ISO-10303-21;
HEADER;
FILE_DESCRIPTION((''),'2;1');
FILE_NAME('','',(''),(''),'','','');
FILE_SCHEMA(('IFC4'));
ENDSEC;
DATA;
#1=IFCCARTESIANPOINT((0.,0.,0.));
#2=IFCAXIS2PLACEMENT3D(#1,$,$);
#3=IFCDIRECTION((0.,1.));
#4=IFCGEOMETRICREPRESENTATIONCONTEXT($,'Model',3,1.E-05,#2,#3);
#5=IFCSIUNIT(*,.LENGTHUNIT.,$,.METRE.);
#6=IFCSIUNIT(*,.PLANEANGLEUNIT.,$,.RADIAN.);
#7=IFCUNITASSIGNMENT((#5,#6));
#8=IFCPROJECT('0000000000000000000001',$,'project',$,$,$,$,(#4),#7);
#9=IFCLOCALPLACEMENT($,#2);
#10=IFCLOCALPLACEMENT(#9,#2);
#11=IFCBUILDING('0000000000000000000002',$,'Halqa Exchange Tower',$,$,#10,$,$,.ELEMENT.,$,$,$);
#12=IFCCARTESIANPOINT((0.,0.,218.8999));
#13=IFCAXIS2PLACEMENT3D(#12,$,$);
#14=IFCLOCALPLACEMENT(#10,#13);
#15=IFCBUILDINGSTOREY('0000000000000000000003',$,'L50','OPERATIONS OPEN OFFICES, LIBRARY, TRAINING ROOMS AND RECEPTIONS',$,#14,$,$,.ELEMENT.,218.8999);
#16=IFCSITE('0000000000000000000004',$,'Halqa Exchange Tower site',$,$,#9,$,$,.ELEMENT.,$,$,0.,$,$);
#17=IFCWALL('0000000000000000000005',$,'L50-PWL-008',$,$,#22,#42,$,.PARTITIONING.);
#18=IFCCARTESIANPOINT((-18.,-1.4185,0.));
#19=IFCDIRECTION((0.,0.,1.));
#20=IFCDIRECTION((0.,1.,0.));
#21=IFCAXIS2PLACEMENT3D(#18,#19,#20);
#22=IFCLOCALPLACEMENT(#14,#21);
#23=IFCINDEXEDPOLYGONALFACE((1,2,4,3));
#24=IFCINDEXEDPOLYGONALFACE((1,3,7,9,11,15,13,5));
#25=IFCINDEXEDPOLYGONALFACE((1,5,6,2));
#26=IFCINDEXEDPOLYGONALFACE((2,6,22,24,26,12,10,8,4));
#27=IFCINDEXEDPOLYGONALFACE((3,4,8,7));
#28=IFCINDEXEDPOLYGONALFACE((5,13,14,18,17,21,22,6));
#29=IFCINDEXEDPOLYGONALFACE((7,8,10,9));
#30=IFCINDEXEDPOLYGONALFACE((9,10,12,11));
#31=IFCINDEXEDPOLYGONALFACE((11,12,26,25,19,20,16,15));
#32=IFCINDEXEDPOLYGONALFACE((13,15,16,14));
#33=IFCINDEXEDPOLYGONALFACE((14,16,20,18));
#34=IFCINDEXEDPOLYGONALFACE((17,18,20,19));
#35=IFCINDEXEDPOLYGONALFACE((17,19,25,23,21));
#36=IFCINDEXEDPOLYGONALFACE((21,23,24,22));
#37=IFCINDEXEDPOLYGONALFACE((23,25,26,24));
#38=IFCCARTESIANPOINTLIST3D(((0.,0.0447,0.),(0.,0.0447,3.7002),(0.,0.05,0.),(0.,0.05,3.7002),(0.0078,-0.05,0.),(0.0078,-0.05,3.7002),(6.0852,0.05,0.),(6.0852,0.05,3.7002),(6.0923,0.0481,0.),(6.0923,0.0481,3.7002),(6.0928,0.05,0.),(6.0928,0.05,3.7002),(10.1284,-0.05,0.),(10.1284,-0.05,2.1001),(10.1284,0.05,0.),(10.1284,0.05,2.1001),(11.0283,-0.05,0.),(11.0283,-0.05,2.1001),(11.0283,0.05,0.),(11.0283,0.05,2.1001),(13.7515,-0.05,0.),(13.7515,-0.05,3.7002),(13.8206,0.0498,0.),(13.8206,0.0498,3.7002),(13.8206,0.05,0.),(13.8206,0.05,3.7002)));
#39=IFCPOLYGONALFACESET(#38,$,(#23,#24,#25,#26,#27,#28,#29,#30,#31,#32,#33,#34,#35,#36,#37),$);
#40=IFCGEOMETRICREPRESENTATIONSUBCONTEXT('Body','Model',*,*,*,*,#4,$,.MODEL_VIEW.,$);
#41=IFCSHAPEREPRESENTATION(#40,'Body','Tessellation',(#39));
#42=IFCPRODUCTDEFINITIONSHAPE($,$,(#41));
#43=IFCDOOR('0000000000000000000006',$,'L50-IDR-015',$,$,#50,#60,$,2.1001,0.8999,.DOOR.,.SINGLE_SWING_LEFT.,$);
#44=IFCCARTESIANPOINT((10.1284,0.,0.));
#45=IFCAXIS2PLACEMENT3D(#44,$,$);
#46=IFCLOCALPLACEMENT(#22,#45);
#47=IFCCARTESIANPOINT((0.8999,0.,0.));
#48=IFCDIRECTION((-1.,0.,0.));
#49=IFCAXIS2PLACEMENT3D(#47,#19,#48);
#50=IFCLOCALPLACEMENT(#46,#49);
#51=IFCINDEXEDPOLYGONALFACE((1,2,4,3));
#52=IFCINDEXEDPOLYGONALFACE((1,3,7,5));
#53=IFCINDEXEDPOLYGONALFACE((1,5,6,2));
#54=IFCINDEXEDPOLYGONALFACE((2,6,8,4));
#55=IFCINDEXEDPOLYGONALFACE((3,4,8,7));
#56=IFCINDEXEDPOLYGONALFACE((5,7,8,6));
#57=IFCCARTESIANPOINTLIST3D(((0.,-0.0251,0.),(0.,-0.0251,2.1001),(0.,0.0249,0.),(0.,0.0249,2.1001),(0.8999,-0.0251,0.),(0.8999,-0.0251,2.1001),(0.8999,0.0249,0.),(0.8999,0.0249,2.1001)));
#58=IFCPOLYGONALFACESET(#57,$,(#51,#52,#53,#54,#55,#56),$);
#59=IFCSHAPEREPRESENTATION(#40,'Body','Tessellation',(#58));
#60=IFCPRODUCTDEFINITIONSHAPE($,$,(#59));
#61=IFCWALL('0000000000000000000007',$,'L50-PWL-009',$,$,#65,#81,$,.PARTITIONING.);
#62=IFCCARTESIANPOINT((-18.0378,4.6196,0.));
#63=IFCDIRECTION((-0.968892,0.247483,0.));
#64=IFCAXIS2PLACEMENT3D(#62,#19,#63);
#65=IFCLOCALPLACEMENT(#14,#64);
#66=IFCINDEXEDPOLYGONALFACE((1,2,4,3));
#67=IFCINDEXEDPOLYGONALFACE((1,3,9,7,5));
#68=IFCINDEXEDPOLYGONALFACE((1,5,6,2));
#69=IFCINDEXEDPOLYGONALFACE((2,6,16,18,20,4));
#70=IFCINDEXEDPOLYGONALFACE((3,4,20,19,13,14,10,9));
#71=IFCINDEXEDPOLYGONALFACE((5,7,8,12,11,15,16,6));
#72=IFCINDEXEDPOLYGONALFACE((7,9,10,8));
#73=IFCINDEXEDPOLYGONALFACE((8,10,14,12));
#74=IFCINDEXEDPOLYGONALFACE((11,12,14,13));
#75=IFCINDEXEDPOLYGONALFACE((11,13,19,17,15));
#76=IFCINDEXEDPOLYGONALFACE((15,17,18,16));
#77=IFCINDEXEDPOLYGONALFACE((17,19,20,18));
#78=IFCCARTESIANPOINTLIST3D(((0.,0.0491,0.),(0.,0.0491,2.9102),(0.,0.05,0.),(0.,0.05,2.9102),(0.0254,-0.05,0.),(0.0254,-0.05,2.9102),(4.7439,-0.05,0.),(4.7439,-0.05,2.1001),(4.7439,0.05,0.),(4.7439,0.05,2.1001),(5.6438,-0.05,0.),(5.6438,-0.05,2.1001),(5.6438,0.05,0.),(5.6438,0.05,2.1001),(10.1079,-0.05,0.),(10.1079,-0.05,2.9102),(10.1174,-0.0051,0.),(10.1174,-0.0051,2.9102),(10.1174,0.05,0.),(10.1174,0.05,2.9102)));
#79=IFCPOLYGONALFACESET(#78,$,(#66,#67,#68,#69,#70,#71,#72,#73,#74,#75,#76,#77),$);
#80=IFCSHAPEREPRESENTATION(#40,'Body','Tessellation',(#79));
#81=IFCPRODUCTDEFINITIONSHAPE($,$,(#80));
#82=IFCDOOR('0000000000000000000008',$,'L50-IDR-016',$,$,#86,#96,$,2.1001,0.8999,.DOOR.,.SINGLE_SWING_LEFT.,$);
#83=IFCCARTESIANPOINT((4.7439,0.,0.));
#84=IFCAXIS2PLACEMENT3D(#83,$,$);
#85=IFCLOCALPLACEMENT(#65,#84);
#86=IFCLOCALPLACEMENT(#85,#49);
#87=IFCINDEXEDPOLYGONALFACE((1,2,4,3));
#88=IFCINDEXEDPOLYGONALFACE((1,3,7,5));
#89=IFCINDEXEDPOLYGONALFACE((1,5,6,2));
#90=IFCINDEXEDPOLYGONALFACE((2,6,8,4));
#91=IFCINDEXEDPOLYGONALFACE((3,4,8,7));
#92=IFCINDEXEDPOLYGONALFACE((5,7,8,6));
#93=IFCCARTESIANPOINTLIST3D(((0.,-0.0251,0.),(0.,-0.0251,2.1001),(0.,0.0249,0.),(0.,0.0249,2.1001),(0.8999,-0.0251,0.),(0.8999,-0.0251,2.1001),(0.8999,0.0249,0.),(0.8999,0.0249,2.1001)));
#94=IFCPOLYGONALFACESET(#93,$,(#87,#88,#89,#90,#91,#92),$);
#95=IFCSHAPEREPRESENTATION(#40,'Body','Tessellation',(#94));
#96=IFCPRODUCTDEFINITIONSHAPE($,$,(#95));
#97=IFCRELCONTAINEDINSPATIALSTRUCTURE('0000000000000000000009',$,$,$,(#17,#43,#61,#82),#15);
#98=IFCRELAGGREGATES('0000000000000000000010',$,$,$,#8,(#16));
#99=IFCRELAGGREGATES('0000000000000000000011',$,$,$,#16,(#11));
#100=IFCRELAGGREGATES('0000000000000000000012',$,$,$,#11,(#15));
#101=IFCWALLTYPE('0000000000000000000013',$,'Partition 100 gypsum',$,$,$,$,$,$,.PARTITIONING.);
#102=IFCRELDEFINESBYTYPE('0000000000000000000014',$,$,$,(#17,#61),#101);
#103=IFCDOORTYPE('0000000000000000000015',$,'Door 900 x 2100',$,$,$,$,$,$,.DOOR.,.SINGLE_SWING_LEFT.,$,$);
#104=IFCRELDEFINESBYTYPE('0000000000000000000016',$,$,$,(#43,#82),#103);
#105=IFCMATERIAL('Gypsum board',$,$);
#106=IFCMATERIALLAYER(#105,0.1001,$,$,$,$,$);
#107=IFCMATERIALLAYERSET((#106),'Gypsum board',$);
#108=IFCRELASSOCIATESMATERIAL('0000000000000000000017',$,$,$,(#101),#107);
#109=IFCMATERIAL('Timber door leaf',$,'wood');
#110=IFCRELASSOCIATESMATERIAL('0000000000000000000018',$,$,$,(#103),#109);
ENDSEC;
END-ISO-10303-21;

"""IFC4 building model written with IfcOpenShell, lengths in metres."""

from ifc_helpers import new_model, si_unit, direction, frame, frame_2d, origin, place, context, subcontext, project, spatial, polyline, rectangle, outline, extrude, material, layer, layer_set, type_object, element, fill, save


model = new_model("IFC4")

# Units and contexts
model_context = context("Model", 3, precision=1e-05, world=origin(), true_north=direction((0.0, 1.0)))
body_context = subcontext(model_context, "Body", "Model", "MODEL_VIEW")
ifc_project = project(units=[si_unit("LENGTHUNIT", "METRE"), si_unit("PLANEANGLEUNIT", "RADIAN")], contexts=[model_context])

# Site, building, storey
site_placement = place(None, origin())
site = spatial("IfcSite", under=ifc_project, at=site_placement, Name="Halqa Exchange Tower site", CompositionType="ELEMENT", RefElevation=0.0)
building_placement = place(site_placement, origin())
building = spatial("IfcBuilding", under=site, at=building_placement, Name="Halqa Exchange Tower", CompositionType="ELEMENT")
storey_placement = place(building_placement, frame((0.0, 0.0, 218.8999)))
storey = spatial("IfcBuildingStorey", under=building, at=storey_placement, Name="L50", Description="OPERATIONS OPEN OFFICES, LIBRARY, TRAINING ROOMS AND RECEPTIONS", CompositionType="ELEMENT", Elevation=218.8999)

# Walls, openings, doors
ifc_material_1 = material(Name="Gypsum board")
ifc_layer_1 = layer(ifc_material_1, 0.1001)
ifc_layer_set_1 = layer_set([ifc_layer_1], Name="Gypsum board")
wall_type_1 = type_object("IfcWallType", Name="Partition 100 gypsum", PredefinedType="PARTITIONING", material=ifc_layer_set_1)
wall_1_placement = place(storey_placement, frame((-18.0, -1.4185, 0.0), z_axis=(0.0, 0.0, 1.0), x_axis=(0.0, 1.0, 0.0)))
wall_1 = element("IfcWall", 1, at=wall_1_placement, inside=storey, type_object=wall_type_1, Name="L50-PWL-008", PredefinedType="PARTITIONING", context=body_context, shape_type="SweptSolid", body=[
    extrude(outline(polyline([(0.0078, -0.05), (1.813, -0.05), (3.6182, -0.05), (5.4233, -0.05), (7.2285, -0.05), (7.2285, -0.05), (7.3284, -0.05), (7.3284, -0.05), (8.9343, -0.05), (10.54, -0.05), (12.1458, -0.05), (13.7515, -0.05), (13.8206, 0.0498), (13.8206, 0.05), (11.8887, 0.05), (9.9568, 0.05), (8.0247, 0.05), (6.0928, 0.05), (6.0923, 0.0481), (6.0852, 0.05), (4.5637, 0.05), (3.0425, 0.05), (1.5212, 0.05), (0.0, 0.05), (0.0, 0.0447), (0.0078, -0.05)])), origin(), (0.0, 0.0, 1.0), 3.7002),
])
opening_1_placement = place(wall_1_placement, frame((10.1284, 0.0, 0.0)))
opening_1 = element("IfcOpeningElement", 2, at=opening_1_placement, cuts=wall_1, PredefinedType="OPENING", context=body_context, shape_type="SweptSolid", body=[
    extrude(rectangle(XDim=0.8999, YDim=2.1001, at=frame_2d((0.45, 1.05))), frame((0.0, 0.062, 0.0), z_axis=(0.0, -1.0, 0.0), x_axis=(1.0, 0.0, 0.0)), (0.0, 0.0, 1.0), 0.124),
])
ifc_material_2 = material(Name="Timber door leaf", Category="wood")
door_type_1 = type_object("IfcDoorType", Name="Door 900 x 2100", OperationType="SINGLE_SWING_LEFT", PredefinedType="DOOR", material=ifc_material_2)
door_1_placement = place(opening_1_placement, frame((0.8999, 0.0, 0.0), z_axis=(0.0, 0.0, 1.0), x_axis=(-1.0, 0.0, 0.0)))
door_1 = element("IfcDoor", 3, at=door_1_placement, inside=storey, type_object=door_type_1, Name="L50-IDR-015", OperationType="SINGLE_SWING_LEFT", OverallHeight=2.1001, OverallWidth=0.8999, PredefinedType="DOOR", context=body_context, shape_type="SweptSolid", body=[
    extrude(rectangle(XDim=0.8999, YDim=2.1001, at=frame_2d((0.45, 1.05))), frame((0.0, 0.0249, 0.0), z_axis=(0.0, -1.0, 0.0), x_axis=(1.0, 0.0, 0.0)), (0.0, 0.0, 1.0), 0.05),
])
fill(opening_1, door_1)
wall_2_placement = place(storey_placement, frame((-18.0378, 4.6196, 0.0), z_axis=(0.0, 0.0, 1.0), x_axis=(-0.968892, 0.247483, 0.0)))
wall_2 = element("IfcWall", 4, at=wall_2_placement, inside=storey, type_object=wall_type_1, Name="L50-PWL-009", PredefinedType="PARTITIONING", context=body_context, shape_type="SweptSolid", body=[
    extrude(outline(polyline([(0.0254, -0.05), (1.7058, -0.05), (3.3862, -0.05), (5.0667, -0.05), (6.7471, -0.05), (8.4275, -0.05), (10.1079, -0.05), (10.1174, -0.0051), (10.1174, 0.05), (8.4312, 0.05), (6.7449, 0.05), (5.0586, 0.05), (3.3726, 0.05), (1.6863, 0.05), (0.0, 0.05), (0.0, 0.0491), (0.0254, -0.05)])), origin(), (0.0, 0.0, 1.0), 2.9102),
])
opening_2_placement = place(wall_2_placement, frame((4.7439, 0.0, 0.0)))
opening_2 = element("IfcOpeningElement", 5, at=opening_2_placement, cuts=wall_2, PredefinedType="OPENING", context=body_context, shape_type="SweptSolid", body=[
    extrude(rectangle(XDim=0.8999, YDim=2.1001, at=frame_2d((0.45, 1.05))), frame((0.0, 0.062, 0.0), z_axis=(0.0, -1.0, 0.0), x_axis=(1.0, 0.0, 0.0)), (0.0, 0.0, 1.0), 0.124),
])
door_2_placement = place(opening_2_placement, frame((0.8999, 0.0, 0.0), z_axis=(0.0, 0.0, 1.0), x_axis=(-1.0, 0.0, 0.0)))
door_2 = element("IfcDoor", 6, at=door_2_placement, inside=storey, type_object=door_type_1, Name="L50-IDR-016", OperationType="SINGLE_SWING_LEFT", OverallHeight=2.1001, OverallWidth=0.8999, PredefinedType="DOOR", context=body_context, shape_type="SweptSolid", body=[
    extrude(rectangle(XDim=0.8999, YDim=2.1001, at=frame_2d((0.45, 1.05))), frame((0.0, 0.0249, 0.0), z_axis=(0.0, -1.0, 0.0), x_axis=(1.0, 0.0, 0.0)), (0.0, 0.0, 1.0), 0.05),
])
fill(opening_2, door_2)

save(model, "model.ifc")
